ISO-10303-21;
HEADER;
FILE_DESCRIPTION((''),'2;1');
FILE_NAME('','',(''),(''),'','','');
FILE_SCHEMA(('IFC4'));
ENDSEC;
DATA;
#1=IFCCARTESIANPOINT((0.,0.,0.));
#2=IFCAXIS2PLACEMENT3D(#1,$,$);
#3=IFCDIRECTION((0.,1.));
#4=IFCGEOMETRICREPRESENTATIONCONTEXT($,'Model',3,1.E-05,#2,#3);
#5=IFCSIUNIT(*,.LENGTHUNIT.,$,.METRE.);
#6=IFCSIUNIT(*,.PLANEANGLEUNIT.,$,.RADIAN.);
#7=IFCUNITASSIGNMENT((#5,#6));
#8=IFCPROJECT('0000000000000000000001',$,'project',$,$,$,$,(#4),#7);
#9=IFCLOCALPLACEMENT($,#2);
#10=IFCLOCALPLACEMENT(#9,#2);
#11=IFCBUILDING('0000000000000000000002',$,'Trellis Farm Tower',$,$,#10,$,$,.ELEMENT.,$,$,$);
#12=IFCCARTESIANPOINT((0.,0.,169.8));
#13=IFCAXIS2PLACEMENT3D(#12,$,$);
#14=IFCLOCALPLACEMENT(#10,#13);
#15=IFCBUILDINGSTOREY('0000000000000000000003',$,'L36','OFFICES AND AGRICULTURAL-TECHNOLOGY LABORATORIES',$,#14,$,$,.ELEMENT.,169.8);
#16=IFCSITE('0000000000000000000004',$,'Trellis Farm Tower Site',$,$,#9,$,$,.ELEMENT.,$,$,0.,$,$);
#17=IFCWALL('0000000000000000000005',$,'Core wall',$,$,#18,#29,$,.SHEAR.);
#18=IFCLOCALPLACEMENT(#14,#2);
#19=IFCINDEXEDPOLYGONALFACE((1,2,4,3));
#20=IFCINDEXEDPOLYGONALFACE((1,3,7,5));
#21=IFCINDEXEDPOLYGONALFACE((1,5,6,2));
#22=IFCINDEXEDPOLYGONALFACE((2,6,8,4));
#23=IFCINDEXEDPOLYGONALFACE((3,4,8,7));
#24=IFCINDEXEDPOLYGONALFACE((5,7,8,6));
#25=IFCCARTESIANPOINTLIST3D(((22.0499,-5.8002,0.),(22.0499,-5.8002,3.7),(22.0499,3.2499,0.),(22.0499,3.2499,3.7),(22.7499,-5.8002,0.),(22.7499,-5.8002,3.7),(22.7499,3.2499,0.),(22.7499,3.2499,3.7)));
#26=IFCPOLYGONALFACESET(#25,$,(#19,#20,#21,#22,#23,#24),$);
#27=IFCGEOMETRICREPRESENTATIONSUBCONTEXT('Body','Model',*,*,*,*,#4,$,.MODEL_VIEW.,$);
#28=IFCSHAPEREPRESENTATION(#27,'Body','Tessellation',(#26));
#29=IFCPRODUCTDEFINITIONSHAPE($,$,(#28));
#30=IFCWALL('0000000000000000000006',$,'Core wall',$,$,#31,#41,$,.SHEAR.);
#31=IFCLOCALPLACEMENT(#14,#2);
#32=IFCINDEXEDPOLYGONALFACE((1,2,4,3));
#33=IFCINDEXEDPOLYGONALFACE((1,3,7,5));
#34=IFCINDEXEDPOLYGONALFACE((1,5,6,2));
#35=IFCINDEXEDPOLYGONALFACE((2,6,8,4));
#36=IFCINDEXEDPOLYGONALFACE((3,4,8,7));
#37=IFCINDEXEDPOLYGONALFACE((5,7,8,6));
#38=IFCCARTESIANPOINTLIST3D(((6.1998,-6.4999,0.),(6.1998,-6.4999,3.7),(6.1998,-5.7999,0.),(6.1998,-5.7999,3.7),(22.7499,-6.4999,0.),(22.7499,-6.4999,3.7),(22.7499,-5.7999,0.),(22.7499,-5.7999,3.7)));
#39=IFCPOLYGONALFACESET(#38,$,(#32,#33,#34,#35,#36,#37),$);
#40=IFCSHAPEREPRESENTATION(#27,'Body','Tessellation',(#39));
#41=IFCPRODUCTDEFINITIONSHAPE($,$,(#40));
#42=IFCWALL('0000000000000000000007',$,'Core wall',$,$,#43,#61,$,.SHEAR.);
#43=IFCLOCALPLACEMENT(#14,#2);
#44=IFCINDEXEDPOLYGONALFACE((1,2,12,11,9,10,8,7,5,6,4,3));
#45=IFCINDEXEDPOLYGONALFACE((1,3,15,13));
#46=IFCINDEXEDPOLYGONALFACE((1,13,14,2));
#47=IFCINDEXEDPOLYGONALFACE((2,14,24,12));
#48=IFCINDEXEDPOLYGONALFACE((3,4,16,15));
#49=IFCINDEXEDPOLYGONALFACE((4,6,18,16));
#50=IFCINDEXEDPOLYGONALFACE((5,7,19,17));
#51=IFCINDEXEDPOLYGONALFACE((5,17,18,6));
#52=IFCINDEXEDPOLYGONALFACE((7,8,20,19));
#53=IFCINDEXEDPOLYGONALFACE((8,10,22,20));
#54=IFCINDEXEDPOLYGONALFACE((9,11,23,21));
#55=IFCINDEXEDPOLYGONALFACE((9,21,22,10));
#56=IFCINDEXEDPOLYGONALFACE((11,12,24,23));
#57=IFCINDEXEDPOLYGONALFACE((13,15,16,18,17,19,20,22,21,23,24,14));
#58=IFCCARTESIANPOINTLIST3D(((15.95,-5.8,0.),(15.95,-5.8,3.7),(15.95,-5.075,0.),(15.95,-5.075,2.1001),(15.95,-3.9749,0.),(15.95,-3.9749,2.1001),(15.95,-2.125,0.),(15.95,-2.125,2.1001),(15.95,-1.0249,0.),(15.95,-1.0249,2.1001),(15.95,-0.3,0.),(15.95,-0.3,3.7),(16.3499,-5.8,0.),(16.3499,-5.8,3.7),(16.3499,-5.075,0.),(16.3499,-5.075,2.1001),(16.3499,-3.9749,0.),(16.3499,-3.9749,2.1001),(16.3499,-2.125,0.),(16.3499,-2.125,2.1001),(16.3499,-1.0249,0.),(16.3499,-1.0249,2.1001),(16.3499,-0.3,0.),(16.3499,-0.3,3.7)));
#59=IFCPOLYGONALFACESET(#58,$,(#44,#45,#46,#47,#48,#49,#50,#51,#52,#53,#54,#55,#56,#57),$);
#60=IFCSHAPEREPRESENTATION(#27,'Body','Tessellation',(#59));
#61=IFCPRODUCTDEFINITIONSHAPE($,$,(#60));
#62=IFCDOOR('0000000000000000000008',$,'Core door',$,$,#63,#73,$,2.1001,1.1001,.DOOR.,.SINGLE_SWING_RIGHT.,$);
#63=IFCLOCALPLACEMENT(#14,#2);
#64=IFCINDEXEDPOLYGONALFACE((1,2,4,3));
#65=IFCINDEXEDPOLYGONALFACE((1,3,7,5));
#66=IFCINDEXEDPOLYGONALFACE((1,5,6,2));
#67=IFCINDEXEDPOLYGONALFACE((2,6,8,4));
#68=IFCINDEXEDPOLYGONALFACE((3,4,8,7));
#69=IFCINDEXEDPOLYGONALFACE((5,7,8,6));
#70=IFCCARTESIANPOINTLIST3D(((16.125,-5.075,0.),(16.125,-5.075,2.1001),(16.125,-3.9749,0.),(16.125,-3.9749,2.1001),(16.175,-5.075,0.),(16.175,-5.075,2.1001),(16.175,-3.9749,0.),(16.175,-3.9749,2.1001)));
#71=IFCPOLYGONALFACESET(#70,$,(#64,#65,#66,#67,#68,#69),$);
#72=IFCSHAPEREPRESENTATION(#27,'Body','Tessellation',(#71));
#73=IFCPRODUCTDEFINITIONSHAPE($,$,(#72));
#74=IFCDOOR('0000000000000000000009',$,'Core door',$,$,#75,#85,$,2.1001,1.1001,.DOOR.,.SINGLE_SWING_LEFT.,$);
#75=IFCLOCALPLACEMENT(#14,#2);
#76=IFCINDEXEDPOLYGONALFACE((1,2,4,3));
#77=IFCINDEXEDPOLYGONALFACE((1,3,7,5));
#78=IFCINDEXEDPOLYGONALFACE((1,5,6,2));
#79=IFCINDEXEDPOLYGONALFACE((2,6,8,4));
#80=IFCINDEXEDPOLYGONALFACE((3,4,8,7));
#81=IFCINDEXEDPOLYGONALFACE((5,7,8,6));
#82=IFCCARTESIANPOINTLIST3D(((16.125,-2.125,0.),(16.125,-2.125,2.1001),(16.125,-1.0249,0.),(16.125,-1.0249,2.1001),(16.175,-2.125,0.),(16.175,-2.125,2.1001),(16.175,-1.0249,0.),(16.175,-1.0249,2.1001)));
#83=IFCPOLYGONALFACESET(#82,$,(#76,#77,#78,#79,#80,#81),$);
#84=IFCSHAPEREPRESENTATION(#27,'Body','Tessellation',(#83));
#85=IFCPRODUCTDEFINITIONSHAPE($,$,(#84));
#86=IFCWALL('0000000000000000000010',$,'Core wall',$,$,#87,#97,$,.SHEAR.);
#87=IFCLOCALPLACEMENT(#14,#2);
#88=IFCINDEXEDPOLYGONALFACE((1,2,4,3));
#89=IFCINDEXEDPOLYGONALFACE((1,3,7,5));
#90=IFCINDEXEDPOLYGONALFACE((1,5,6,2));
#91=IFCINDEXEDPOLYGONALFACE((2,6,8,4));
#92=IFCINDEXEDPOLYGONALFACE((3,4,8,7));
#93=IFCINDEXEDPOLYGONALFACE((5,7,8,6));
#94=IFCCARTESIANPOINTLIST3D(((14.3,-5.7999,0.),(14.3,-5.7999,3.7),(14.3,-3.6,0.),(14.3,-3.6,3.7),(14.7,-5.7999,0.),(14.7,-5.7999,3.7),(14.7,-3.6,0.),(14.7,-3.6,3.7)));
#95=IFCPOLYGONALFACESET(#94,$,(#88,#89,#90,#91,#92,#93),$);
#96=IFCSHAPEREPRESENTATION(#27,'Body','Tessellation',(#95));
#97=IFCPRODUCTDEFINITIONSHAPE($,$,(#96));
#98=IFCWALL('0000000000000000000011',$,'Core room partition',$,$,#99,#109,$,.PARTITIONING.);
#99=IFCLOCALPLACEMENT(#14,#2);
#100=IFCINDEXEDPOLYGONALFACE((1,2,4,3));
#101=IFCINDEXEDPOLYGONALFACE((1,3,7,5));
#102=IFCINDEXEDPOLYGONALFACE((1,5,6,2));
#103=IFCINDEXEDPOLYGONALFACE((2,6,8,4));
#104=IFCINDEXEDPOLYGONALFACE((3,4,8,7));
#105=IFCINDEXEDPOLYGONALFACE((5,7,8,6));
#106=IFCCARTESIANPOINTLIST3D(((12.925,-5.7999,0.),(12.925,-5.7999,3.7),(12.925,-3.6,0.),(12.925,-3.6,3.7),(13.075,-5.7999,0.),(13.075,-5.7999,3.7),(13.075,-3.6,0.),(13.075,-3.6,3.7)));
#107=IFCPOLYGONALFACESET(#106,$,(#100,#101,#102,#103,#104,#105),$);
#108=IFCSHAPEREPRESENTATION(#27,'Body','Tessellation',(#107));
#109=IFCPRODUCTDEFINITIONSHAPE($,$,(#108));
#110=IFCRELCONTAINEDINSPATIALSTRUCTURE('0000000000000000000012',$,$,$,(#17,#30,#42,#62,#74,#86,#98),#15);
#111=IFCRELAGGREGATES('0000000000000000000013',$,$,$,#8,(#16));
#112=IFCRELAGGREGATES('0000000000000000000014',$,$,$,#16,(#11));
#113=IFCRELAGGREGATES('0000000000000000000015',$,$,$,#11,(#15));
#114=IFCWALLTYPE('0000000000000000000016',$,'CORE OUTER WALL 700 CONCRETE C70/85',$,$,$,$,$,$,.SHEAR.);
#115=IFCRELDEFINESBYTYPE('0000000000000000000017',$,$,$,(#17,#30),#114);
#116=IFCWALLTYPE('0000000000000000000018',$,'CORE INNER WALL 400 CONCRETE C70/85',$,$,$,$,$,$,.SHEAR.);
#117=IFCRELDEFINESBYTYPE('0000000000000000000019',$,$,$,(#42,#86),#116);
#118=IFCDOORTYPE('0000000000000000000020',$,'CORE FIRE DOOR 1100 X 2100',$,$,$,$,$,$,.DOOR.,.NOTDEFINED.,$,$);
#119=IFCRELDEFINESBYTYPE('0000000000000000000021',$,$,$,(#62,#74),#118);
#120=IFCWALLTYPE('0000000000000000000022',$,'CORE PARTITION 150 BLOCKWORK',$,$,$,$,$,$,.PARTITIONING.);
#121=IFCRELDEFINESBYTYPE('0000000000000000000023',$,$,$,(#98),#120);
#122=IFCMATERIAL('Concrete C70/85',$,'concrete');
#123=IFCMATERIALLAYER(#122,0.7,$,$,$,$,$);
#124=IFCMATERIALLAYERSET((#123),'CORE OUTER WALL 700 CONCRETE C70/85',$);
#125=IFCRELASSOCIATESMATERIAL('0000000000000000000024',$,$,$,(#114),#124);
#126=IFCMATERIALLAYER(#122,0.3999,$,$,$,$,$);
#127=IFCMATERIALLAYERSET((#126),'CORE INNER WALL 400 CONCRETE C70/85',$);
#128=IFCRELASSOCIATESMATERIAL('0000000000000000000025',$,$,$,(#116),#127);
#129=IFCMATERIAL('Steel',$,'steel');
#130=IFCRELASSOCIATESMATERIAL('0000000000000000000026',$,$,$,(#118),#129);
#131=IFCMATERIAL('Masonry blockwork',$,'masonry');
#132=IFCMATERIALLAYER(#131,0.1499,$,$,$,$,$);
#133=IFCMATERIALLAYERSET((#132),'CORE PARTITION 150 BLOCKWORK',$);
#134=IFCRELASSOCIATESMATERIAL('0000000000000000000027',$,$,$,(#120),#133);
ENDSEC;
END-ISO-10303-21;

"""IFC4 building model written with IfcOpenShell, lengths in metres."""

from ifc_helpers import new_model, si_unit, direction, frame, frame_2d, origin, place, context, subcontext, project, spatial, rectangle, extrude, source, transform, mapped, material, layer, layer_set, type_object, element, fill, save


model = new_model("IFC4")

# Units and contexts
model_context = context("Model", 3, precision=1e-05, world=origin(), true_north=direction((0.0, 1.0)))
body_context = subcontext(model_context, "Body", "Model", "MODEL_VIEW")
ifc_project = project(units=[si_unit("LENGTHUNIT", "METRE"), si_unit("PLANEANGLEUNIT", "RADIAN")], contexts=[model_context])

# Site, building, storey
site_placement = place(None, origin())
site = spatial("IfcSite", under=ifc_project, at=site_placement, Name="Trellis Farm Tower Site", CompositionType="ELEMENT", RefElevation=0.0)
building_placement = place(site_placement, origin())
building = spatial("IfcBuilding", under=site, at=building_placement, Name="Trellis Farm Tower", CompositionType="ELEMENT")
storey_placement = place(building_placement, frame((0.0, 0.0, 169.8)))
storey = spatial("IfcBuildingStorey", under=building, at=storey_placement, Name="L36", Description="OFFICES AND AGRICULTURAL-TECHNOLOGY LABORATORIES", CompositionType="ELEMENT", Elevation=169.8)

# Shared definitions
ifc_material_1 = material(Name="Concrete C70/85", Category="concrete")

# Shared definitions
ifc_layer_1 = layer(ifc_material_1, 0.7)
ifc_layer_set_1 = layer_set([ifc_layer_1], Name="CORE OUTER WALL 700 CONCRETE C70/85")
wall_type_1 = type_object("IfcWallType", Name="CORE OUTER WALL 700 CONCRETE C70/85", PredefinedType="SHEAR", material=ifc_layer_set_1)
shared_shape_1 = source(origin(), body_context, "Body", "SweptSolid", [
    extrude(rectangle(XDim=9.05, YDim=0.7, at=frame_2d((4.5249, 0.0))), origin(), (0.0, 0.0, 1.0), 3.7),
])
ifc_material_2 = material(Name="Steel", Category="steel")

# Walls
wall_1_placement = place(storey_placement, frame((22.3999, -5.8, 0.0), z_axis=(0.0, 0.0, 1.0), x_axis=(0.0, 1.0, 0.0)))
element("IfcWall", 1, at=wall_1_placement, inside=storey, type_object=wall_type_1, Name="Core wall", PredefinedType="SHEAR", context=body_context, shape_type="MappedRepresentation", body=[
    mapped(shared_shape_1, transform((0.0, 0.0, 0.0))),
])
shared_shape_2 = source(origin(), body_context, "Body", "SweptSolid", [
    extrude(rectangle(XDim=16.55, YDim=0.7, at=frame_2d((8.2749, 0.0))), origin(), (0.0, 0.0, 1.0), 3.7),
])
wall_2_placement = place(storey_placement, frame((6.2, -6.1499, 0.0), z_axis=(0.0, 0.0, 1.0), x_axis=(1.0, 0.0, 0.0)))
element("IfcWall", 2, at=wall_2_placement, inside=storey, type_object=wall_type_1, Name="Core wall", PredefinedType="SHEAR", context=body_context, shape_type="MappedRepresentation", body=[
    mapped(shared_shape_2, transform((0.0, 0.0, 0.0))),
])

# Wall, openings, doors
ifc_layer_2 = layer(ifc_material_1, 0.3999)
ifc_layer_set_2 = layer_set([ifc_layer_2], Name="CORE INNER WALL 400 CONCRETE C70/85")
wall_type_2 = type_object("IfcWallType", Name="CORE INNER WALL 400 CONCRETE C70/85", PredefinedType="SHEAR", material=ifc_layer_set_2)
shared_shape_3 = source(origin(), body_context, "Body", "SweptSolid", [
    extrude(rectangle(XDim=5.5, YDim=0.3999, at=frame_2d((2.75, 0.0))), origin(), (0.0, 0.0, 1.0), 3.7),
])
wall_3_placement = place(storey_placement, frame((16.1499, -5.8, 0.0), z_axis=(0.0, 0.0, 1.0), x_axis=(0.0, 1.0, 0.0)))
wall_3 = element("IfcWall", 3, at=wall_3_placement, inside=storey, type_object=wall_type_2, Name="Core wall", PredefinedType="SHEAR", context=body_context, shape_type="MappedRepresentation", body=[
    mapped(shared_shape_3, transform((0.0, 0.0, 0.0))),
])
shared_shape_4 = source(origin(), body_context, "Body", "SweptSolid", [
    extrude(rectangle(XDim=1.1001, YDim=2.1001, at=frame_2d((0.55, 1.05))), frame((0.0, 0.21, 0.0), z_axis=(0.0, -1.0, 0.0), x_axis=(1.0, 0.0, 0.0)), (0.0, 0.0, 1.0), 0.4199),
])
opening_1_placement = place(wall_3_placement, frame((0.7251, 0.0, 0.0)))
opening_1 = element("IfcOpeningElement", 4, at=opening_1_placement, cuts=wall_3, PredefinedType="OPENING", context=body_context, shape_type="MappedRepresentation", body=[
    mapped(shared_shape_4, transform((0.0, 0.0, 0.0))),
])
opening_2_placement = place(wall_3_placement, frame((3.675, 0.0, 0.0)))
opening_2 = element("IfcOpeningElement", 5, at=opening_2_placement, cuts=wall_3, PredefinedType="OPENING", context=body_context, shape_type="MappedRepresentation", body=[
    mapped(shared_shape_4, transform((0.0, 0.0, 0.0))),
])
door_type_1 = type_object("IfcDoorType", Name="CORE FIRE DOOR 1100 X 2100", OperationType="NOTDEFINED", PredefinedType="DOOR", material=ifc_material_2)
shared_shape_5 = source(origin(), body_context, "Body", "SweptSolid", [
    extrude(rectangle(XDim=1.1001, YDim=2.1001, at=frame_2d((0.55, 1.05))), frame((0.0, 0.0249, 0.0), z_axis=(0.0, -1.0, 0.0), x_axis=(1.0, 0.0, 0.0)), (0.0, 0.0, 1.0), 0.05),
])
door_1_placement = place(opening_1_placement, origin())
door_1 = element("IfcDoor", 6, at=door_1_placement, inside=storey, type_object=door_type_1, Name="Core door", OperationType="SINGLE_SWING_RIGHT", OverallHeight=2.1001, OverallWidth=1.1001, PredefinedType="DOOR", context=body_context, shape_type="MappedRepresentation", body=[
    mapped(shared_shape_5, transform((0.0, 0.0, 0.0))),
])
fill(opening_1, door_1)
door_2_placement = place(opening_2_placement, origin())
door_2 = element("IfcDoor", 7, at=door_2_placement, inside=storey, type_object=door_type_1, Name="Core door", OperationType="SINGLE_SWING_LEFT", OverallHeight=2.1001, OverallWidth=1.1001, PredefinedType="DOOR", context=body_context, shape_type="MappedRepresentation", body=[
    mapped(shared_shape_5, transform((0.0, 0.0, 0.0))),
])
fill(opening_2, door_2)

# Walls
shared_shape_6 = source(origin(), body_context, "Body", "SweptSolid", [
    extrude(rectangle(XDim=2.2, YDim=0.3999, at=frame_2d((1.1001, 0.0))), origin(), (0.0, 0.0, 1.0), 3.7),
])
wall_4_placement = place(storey_placement, frame((14.5, -5.8, 0.0), z_axis=(0.0, 0.0, 1.0), x_axis=(0.0, 1.0, 0.0)))
element("IfcWall", 8, at=wall_4_placement, inside=storey, type_object=wall_type_2, Name="Core wall", PredefinedType="SHEAR", context=body_context, shape_type="MappedRepresentation", body=[
    mapped(shared_shape_6, transform((0.0, 0.0, 0.0))),
])
ifc_material_3 = material(Name="Masonry blockwork", Category="masonry")
ifc_layer_3 = layer(ifc_material_3, 0.1499)
ifc_layer_set_3 = layer_set([ifc_layer_3], Name="CORE PARTITION 150 BLOCKWORK")
wall_type_3 = type_object("IfcWallType", Name="CORE PARTITION 150 BLOCKWORK", PredefinedType="PARTITIONING", material=ifc_layer_set_3)
shared_shape_7 = source(origin(), body_context, "Body", "SweptSolid", [
    extrude(rectangle(XDim=2.2, YDim=0.1499, at=frame_2d((1.1001, 0.0))), origin(), (0.0, 0.0, 1.0), 3.7),
])
wall_5_placement = place(storey_placement, frame((13.0, -5.8, 0.0), z_axis=(0.0, 0.0, 1.0), x_axis=(0.0, 1.0, 0.0)))
element("IfcWall", 9, at=wall_5_placement, inside=storey, type_object=wall_type_3, Name="Core room partition", PredefinedType="PARTITIONING", context=body_context, shape_type="MappedRepresentation", body=[
    mapped(shared_shape_7, transform((0.0, 0.0, 0.0))),
])

save(model, "model.ifc")
